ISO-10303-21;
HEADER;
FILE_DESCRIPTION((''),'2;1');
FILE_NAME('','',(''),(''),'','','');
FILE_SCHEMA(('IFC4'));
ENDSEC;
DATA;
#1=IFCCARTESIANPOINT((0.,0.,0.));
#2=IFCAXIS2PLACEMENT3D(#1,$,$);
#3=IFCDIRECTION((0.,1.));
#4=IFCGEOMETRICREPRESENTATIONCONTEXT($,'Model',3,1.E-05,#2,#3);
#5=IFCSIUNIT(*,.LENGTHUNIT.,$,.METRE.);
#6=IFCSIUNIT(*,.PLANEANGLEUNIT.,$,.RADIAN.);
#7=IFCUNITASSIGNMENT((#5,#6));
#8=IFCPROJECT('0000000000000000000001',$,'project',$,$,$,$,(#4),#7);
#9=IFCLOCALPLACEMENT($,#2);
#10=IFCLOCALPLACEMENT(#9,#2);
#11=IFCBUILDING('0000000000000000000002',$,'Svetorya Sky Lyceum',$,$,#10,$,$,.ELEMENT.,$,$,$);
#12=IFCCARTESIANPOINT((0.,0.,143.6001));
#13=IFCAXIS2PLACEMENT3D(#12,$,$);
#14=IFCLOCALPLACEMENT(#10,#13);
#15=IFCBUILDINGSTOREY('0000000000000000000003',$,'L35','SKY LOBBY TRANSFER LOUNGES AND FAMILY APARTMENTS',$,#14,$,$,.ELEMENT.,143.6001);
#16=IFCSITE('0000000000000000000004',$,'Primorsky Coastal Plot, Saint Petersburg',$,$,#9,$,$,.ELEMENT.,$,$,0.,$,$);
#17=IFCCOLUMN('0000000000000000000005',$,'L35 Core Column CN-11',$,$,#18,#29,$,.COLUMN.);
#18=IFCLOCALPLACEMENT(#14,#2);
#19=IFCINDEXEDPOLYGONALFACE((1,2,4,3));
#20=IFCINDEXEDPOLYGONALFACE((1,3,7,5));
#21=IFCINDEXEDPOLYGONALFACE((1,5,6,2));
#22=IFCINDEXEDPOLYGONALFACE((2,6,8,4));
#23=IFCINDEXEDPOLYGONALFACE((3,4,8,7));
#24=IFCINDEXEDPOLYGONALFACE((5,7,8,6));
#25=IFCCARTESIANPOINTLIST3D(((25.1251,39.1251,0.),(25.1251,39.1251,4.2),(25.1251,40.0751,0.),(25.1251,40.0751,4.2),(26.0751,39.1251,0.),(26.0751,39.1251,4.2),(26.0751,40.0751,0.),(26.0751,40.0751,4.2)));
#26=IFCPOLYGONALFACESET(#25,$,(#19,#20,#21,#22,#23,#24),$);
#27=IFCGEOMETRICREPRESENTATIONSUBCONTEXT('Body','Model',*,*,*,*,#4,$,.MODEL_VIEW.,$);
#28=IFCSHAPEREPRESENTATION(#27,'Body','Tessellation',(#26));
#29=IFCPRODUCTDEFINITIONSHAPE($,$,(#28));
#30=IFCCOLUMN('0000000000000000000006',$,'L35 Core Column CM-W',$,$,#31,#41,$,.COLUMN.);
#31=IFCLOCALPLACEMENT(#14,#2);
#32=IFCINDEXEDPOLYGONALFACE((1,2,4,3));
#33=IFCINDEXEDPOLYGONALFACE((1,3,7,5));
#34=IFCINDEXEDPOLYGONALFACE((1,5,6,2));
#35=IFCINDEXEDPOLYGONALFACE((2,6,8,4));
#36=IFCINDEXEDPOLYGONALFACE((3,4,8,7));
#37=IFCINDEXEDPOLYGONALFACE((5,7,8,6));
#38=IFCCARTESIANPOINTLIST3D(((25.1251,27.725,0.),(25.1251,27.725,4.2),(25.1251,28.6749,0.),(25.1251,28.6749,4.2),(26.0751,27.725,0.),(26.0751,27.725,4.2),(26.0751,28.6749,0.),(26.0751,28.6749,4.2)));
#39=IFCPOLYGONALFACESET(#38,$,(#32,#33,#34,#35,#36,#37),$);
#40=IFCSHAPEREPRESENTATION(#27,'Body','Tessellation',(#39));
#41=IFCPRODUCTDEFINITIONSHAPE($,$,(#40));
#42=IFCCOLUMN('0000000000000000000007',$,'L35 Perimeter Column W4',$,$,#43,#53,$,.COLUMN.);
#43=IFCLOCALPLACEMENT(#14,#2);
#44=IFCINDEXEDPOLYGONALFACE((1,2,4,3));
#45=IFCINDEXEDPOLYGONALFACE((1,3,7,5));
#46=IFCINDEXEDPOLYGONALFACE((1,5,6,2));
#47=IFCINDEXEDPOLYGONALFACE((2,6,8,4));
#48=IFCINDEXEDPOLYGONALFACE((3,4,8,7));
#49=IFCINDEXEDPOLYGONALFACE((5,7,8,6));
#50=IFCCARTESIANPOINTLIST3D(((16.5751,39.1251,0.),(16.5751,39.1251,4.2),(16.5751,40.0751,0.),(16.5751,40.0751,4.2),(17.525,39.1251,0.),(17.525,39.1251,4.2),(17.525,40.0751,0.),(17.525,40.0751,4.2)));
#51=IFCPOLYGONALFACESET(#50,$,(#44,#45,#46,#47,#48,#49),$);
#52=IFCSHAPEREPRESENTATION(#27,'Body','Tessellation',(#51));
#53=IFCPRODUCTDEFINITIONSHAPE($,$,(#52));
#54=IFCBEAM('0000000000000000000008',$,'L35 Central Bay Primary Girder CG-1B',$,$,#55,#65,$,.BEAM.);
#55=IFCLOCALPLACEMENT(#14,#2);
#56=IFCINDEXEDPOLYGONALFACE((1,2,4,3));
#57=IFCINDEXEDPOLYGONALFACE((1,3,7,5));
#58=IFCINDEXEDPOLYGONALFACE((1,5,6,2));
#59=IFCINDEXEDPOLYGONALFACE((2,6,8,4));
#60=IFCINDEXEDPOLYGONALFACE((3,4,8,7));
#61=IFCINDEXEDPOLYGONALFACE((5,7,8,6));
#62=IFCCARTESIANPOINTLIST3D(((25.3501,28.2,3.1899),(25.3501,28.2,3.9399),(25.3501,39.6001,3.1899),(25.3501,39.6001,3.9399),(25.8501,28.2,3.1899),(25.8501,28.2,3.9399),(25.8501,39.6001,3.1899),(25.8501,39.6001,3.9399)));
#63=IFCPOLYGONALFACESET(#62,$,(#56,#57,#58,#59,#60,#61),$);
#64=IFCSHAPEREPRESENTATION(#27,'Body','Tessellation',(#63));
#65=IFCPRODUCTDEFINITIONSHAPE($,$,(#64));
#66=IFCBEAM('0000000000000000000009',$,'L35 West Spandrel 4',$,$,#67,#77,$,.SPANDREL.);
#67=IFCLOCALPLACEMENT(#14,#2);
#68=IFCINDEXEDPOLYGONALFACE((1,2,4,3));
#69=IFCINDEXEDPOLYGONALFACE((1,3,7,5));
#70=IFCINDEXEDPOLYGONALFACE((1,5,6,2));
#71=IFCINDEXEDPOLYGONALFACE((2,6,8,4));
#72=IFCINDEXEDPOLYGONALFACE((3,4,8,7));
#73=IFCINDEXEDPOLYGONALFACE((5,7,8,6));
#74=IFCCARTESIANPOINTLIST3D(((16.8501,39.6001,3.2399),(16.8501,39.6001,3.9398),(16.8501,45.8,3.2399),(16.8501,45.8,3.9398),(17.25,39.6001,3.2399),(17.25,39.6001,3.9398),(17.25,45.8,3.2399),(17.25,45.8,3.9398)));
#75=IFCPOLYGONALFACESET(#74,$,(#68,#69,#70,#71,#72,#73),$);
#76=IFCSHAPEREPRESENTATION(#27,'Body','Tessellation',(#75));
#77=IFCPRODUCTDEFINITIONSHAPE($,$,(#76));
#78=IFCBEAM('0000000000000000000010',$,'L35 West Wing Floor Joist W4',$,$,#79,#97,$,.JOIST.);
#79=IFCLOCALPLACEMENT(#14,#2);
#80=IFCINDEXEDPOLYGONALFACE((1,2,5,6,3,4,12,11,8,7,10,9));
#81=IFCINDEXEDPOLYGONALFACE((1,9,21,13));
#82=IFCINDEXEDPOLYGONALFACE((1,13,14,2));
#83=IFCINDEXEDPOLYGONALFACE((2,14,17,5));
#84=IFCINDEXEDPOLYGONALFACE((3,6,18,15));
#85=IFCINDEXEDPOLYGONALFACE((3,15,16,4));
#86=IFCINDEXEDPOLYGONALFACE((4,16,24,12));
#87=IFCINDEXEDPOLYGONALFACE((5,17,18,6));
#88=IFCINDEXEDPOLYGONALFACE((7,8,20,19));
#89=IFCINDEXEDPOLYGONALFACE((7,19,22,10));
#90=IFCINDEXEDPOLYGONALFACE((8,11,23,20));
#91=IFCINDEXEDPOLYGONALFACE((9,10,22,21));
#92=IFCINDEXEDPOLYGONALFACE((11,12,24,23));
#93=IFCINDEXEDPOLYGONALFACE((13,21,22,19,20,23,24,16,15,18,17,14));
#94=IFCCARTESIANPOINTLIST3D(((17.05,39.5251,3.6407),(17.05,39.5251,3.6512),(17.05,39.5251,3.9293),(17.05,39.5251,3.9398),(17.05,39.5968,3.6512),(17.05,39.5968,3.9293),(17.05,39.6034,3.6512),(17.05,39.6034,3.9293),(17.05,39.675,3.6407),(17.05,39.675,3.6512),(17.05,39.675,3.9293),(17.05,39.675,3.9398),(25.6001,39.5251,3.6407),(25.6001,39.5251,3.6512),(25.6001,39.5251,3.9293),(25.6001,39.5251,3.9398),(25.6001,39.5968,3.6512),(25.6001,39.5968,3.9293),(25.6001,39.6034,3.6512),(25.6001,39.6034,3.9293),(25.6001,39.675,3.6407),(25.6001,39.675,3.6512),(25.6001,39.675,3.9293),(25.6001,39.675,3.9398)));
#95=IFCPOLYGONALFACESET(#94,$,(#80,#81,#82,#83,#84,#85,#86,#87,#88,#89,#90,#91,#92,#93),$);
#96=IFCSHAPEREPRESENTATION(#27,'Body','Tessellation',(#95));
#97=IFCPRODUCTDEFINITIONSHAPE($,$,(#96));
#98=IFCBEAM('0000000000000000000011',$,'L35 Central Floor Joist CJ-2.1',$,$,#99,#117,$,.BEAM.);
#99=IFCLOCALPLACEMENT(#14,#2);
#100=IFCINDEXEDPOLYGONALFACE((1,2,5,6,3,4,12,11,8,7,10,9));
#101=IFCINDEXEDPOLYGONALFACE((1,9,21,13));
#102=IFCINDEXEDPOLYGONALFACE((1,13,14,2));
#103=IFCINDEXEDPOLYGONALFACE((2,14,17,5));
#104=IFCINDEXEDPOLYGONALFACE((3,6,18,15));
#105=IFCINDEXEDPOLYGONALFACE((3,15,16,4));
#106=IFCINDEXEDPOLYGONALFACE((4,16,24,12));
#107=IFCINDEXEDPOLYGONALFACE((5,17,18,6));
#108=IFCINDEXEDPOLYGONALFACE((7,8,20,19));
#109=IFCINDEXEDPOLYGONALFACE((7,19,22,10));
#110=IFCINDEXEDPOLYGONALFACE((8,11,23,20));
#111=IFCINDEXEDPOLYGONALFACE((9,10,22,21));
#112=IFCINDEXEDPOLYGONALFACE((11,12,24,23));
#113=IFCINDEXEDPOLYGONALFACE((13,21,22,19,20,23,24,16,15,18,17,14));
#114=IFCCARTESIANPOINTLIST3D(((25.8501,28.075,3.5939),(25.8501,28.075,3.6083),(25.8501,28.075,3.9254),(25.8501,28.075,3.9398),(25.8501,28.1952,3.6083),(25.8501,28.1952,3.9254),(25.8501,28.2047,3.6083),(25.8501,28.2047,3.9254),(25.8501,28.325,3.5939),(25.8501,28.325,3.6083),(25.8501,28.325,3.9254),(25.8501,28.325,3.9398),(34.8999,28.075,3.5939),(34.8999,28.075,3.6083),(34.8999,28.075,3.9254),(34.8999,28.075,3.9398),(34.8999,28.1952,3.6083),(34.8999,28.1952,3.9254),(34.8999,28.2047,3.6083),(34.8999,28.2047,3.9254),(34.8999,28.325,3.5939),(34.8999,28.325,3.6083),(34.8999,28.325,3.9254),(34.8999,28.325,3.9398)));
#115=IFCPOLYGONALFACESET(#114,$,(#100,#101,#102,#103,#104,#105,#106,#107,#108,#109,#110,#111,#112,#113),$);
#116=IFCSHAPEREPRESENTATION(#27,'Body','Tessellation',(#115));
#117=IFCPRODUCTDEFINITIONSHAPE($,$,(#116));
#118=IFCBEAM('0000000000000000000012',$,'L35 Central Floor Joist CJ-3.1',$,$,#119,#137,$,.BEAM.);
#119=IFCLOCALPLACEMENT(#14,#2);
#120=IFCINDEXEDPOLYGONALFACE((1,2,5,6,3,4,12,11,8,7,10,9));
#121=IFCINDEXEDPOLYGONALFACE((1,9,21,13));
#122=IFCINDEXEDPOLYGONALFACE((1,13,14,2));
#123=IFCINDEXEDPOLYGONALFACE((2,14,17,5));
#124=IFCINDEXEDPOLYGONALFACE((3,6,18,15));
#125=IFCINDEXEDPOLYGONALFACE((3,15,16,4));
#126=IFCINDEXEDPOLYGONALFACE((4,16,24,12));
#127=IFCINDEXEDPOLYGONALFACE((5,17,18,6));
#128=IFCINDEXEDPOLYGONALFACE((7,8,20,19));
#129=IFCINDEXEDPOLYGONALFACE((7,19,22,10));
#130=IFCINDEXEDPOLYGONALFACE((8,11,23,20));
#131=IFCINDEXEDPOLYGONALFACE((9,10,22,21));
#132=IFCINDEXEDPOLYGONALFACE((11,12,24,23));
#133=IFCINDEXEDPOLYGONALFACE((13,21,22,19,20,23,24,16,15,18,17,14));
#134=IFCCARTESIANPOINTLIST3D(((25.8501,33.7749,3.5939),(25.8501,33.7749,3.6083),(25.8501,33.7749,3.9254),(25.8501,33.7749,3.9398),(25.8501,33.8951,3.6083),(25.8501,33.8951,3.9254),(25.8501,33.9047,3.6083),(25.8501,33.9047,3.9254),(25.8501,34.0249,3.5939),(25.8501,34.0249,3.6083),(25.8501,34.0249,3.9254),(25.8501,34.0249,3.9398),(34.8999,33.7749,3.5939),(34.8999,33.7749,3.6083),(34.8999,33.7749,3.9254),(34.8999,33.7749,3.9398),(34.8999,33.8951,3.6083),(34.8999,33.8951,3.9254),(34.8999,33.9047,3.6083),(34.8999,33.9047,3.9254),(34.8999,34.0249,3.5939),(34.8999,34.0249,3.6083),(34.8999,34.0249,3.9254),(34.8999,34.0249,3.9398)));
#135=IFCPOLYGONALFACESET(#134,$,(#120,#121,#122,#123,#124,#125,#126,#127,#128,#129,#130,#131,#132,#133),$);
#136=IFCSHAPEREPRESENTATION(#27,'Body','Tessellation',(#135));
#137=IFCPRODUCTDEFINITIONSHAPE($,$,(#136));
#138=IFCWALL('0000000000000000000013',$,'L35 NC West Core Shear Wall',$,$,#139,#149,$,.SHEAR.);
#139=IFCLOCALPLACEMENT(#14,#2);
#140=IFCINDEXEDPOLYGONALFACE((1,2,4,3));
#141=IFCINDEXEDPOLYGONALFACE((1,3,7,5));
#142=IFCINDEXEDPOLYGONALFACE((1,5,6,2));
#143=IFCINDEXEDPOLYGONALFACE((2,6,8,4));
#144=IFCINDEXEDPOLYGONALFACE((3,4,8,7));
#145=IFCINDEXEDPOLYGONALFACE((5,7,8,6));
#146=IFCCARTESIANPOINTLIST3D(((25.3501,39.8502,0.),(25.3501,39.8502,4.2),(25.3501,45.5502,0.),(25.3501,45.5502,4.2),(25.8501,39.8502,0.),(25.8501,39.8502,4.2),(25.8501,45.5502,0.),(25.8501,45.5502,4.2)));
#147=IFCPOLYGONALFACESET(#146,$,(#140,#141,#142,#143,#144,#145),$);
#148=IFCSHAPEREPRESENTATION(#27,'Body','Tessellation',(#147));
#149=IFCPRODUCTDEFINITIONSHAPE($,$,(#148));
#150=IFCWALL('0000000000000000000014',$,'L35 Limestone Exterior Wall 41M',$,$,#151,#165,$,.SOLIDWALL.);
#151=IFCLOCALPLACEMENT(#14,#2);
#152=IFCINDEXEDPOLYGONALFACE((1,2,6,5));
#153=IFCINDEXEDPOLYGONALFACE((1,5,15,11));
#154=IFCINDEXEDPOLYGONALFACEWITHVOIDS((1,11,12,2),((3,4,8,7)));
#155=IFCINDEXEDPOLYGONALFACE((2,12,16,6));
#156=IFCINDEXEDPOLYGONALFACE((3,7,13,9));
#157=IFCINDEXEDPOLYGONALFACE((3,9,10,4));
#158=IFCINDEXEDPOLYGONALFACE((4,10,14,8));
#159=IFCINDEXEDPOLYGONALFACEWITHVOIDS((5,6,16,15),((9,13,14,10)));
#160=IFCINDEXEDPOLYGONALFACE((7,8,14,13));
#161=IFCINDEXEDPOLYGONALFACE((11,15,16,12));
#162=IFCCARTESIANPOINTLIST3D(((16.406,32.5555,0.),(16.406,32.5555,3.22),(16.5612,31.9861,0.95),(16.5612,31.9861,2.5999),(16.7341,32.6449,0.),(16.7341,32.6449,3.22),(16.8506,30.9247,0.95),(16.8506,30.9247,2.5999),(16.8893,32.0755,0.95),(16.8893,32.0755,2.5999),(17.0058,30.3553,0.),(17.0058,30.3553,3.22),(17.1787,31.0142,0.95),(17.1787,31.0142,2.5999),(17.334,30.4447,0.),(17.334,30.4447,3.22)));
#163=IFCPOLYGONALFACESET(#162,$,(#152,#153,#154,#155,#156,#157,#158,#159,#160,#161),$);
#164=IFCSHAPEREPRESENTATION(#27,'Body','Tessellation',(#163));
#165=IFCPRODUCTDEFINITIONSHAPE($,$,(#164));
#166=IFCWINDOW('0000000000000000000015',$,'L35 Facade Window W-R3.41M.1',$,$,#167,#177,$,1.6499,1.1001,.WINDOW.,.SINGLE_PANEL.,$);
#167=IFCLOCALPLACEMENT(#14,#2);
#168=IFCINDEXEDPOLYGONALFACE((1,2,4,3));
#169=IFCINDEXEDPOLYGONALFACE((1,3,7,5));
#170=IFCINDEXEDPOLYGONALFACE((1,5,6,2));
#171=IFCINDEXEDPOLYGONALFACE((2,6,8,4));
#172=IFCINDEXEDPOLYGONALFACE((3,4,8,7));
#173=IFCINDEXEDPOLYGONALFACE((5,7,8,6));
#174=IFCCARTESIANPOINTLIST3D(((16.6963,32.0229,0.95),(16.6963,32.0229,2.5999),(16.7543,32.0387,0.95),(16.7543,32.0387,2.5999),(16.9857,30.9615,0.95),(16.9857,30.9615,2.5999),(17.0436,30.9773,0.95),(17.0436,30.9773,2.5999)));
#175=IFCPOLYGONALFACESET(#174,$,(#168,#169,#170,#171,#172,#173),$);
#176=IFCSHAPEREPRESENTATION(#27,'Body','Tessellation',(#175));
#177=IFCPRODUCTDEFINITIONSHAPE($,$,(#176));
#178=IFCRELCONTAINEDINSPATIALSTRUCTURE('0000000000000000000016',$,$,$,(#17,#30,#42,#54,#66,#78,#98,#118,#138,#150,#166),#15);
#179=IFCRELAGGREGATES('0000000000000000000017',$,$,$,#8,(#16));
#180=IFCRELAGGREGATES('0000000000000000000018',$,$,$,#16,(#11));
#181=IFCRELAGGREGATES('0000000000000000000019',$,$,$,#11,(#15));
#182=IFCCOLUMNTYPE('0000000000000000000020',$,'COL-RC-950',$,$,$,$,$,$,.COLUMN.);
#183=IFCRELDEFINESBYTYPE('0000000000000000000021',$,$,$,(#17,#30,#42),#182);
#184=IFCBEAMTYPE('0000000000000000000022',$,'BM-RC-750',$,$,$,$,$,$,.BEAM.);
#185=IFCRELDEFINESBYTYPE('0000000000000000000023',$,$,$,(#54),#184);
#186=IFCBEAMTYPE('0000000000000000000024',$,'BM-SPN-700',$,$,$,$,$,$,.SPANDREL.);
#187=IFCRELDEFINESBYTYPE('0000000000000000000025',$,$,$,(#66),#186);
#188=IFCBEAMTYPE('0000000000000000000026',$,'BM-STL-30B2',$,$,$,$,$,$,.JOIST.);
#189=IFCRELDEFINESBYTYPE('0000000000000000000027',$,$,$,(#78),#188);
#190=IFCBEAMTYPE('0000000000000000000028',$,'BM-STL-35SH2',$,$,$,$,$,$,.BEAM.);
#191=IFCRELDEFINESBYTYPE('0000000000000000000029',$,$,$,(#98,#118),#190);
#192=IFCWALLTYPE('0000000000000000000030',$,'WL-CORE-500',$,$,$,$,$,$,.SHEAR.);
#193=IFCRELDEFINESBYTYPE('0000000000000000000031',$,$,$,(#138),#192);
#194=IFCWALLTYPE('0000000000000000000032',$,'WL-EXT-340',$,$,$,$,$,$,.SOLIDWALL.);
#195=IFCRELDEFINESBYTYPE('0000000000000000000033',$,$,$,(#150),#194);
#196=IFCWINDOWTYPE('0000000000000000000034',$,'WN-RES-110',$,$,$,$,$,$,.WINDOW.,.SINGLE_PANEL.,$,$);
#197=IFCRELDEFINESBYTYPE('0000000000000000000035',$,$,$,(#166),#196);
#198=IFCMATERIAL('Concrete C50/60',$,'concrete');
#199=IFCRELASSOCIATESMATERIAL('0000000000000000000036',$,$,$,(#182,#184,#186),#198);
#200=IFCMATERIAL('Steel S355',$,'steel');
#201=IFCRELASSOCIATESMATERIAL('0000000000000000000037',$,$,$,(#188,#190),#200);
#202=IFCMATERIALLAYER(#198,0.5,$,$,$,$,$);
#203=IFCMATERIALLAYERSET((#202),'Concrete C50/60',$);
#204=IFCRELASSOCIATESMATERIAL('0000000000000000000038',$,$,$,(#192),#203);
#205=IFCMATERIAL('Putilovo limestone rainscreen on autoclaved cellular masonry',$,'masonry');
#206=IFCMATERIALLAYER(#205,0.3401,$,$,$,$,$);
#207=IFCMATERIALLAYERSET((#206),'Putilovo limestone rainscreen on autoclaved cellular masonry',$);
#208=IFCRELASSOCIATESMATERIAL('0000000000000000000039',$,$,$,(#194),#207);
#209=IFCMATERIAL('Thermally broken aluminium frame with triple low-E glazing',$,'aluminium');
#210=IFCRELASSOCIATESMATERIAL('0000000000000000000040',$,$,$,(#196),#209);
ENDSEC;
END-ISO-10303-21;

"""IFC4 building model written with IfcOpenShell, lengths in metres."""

from ifc_helpers import new_model, si_unit, direction, frame, frame_2d, origin, origin_2d, place, context, subcontext, project, spatial, rectangle, i_section, extrude, material, layer, layer_set, material_profile, profile_set, type_object, element, fill, save


model = new_model("IFC4")

# Units and contexts
model_context = context("Model", 3, precision=1e-05, world=origin(), true_north=direction((0.0, 1.0)))
body_context = subcontext(model_context, "Body", "Model", "MODEL_VIEW")
ifc_project = project(units=[si_unit("LENGTHUNIT", "METRE"), si_unit("PLANEANGLEUNIT", "RADIAN")], contexts=[model_context])

# Site, building, storey
site_placement = place(None, origin())
site = spatial("IfcSite", under=ifc_project, at=site_placement, Name="Primorsky Coastal Plot, Saint Petersburg", CompositionType="ELEMENT", RefElevation=0.0)
building_placement = place(site_placement, origin())
building = spatial("IfcBuilding", under=site, at=building_placement, Name="Svetorya Sky Lyceum", CompositionType="ELEMENT")
storey_placement = place(building_placement, frame((0.0, 0.0, 143.6001)))
storey = spatial("IfcBuildingStorey", under=building, at=storey_placement, Name="L35", Description="SKY LOBBY TRANSFER LOUNGES AND FAMILY APARTMENTS", CompositionType="ELEMENT", Elevation=143.6001)

# Columns
ifc_material_1 = material(Name="Concrete C50/60", Category="concrete")
ifc_material_profile_1 = material_profile(ifc_material_1, rectangle(XDim=0.95, YDim=0.95, at=origin_2d()), Name="RC COL 950x950")
ifc_profile_set_1 = profile_set([ifc_material_profile_1], Name="Concrete C50/60")
column_type = type_object("IfcColumnType", Name="COL-RC-950", PredefinedType="COLUMN", material=ifc_profile_set_1)
for number, where, z_axis, x_axis, name in (
    (1, (25.6001, 39.6001, 0.0), (0.0, 0.0, 1.0), (1.0, 0.0, 0.0), "L35 Core Column CN-11"),
    (2, (25.6001, 28.2, 0.0), (0.0, 0.0, 1.0), (1.0, 0.0, 0.0), "L35 Core Column CM-W"),
    (3, (17.05, 39.6001, 0.0), (0.0, 0.0, 1.0), (1.0, 0.0, 0.0), "L35 Perimeter Column W4"),
):
    element("IfcColumn", number, at=place(storey_placement, frame(where, z_axis=z_axis, x_axis=x_axis)), inside=storey, type_object=column_type, Name=name, PredefinedType="COLUMN", context=body_context, shape_type="SweptSolid", body=[
        extrude(rectangle(XDim=0.95, YDim=0.95, at=origin_2d()), origin(), (0.0, 0.0, 1.0), 4.2),
    ])

# Beams
ifc_material_profile_2 = material_profile(ifc_material_1, rectangle(XDim=0.5, YDim=0.75, at=origin_2d()), Name="RC BEAM 500x750")
ifc_profile_set_2 = profile_set([ifc_material_profile_2], Name="Concrete C50/60")
beam_type_1 = type_object("IfcBeamType", Name="BM-RC-750", PredefinedType="BEAM", material=ifc_profile_set_2)
beam_1_placement = place(storey_placement, frame((25.6001, 28.2, 3.5649), z_axis=(0.0, 1.0, 0.0), x_axis=(-1.0, 0.0, 0.0)))
element("IfcBeam", 4, at=beam_1_placement, inside=storey, type_object=beam_type_1, Name="L35 Central Bay Primary Girder CG-1B", PredefinedType="BEAM", context=body_context, shape_type="SweptSolid", body=[
    extrude(rectangle(XDim=0.5, YDim=0.75, at=origin_2d()), origin(), (0.0, 0.0, 1.0), 11.4001),
])
ifc_material_profile_3 = material_profile(ifc_material_1, rectangle(XDim=0.3999, YDim=0.7, at=origin_2d()), Name="RC SPANDREL 400x700")
ifc_profile_set_3 = profile_set([ifc_material_profile_3], Name="Concrete C50/60")
beam_type_2 = type_object("IfcBeamType", Name="BM-SPN-700", PredefinedType="SPANDREL", material=ifc_profile_set_3)
beam_2_placement = place(storey_placement, frame((17.05, 39.6001, 3.5898), z_axis=(0.0, 1.0, 0.0), x_axis=(-1.0, 0.0, 0.0)))
element("IfcBeam", 5, at=beam_2_placement, inside=storey, type_object=beam_type_2, Name="L35 West Spandrel 4", PredefinedType="SPANDREL", context=body_context, shape_type="SweptSolid", body=[
    extrude(rectangle(XDim=0.3999, YDim=0.7, at=origin_2d()), origin(), (0.0, 0.0, 1.0), 6.2),
])
ifc_material_2 = material(Name="Steel S355", Category="steel")
ifc_material_profile_4 = material_profile(ifc_material_2, i_section(OverallWidth=0.1499, OverallDepth=0.2991, WebThickness=0.0066, FlangeThickness=0.0105, at=origin_2d()), Name="GOST 30B2")
ifc_profile_set_4 = profile_set([ifc_material_profile_4], Name="Steel S355")
beam_type_3 = type_object("IfcBeamType", Name="BM-STL-30B2", PredefinedType="JOIST", material=ifc_profile_set_4)
beam_3_placement = place(storey_placement, frame((17.05, 39.6001, 3.7903), z_axis=(1.0, 0.0, 0.0), x_axis=(0.0, 1.0, 0.0)))
element("IfcBeam", 6, at=beam_3_placement, inside=storey, type_object=beam_type_3, Name="L35 West Wing Floor Joist W4", PredefinedType="JOIST", context=body_context, shape_type="SweptSolid", body=[
    extrude(i_section(OverallWidth=0.1499, OverallDepth=0.2991, WebThickness=0.0066, FlangeThickness=0.0105, at=origin_2d()), origin(), (0.0, 0.0, 1.0), 8.55),
])
ifc_material_profile_5 = material_profile(ifc_material_2, i_section(OverallWidth=0.25, OverallDepth=0.3459, WebThickness=0.0095, FlangeThickness=0.0144, at=origin_2d()), Name="GOST 35Sh2")
ifc_profile_set_5 = profile_set([ifc_material_profile_5], Name="Steel S355")
beam_type_4 = type_object("IfcBeamType", Name="BM-STL-35SH2", PredefinedType="BEAM", material=ifc_profile_set_5)
for number, where, z_axis, x_axis, name in (
    (7, (25.8501, 28.2, 3.7668), (1.0, 0.0, 0.0), (0.0, 1.0, 0.0), "L35 Central Floor Joist CJ-2.1"),
    (8, (25.8501, 33.8999, 3.7668), (1.0, 0.0, 0.0), (0.0, 1.0, 0.0), "L35 Central Floor Joist CJ-3.1"),
):
    element("IfcBeam", number, at=place(storey_placement, frame(where, z_axis=z_axis, x_axis=x_axis)), inside=storey, type_object=beam_type_4, Name=name, PredefinedType="BEAM", context=body_context, shape_type="SweptSolid", body=[
        extrude(i_section(OverallWidth=0.25, OverallDepth=0.3459, WebThickness=0.0095, FlangeThickness=0.0144, at=origin_2d()), origin(), (0.0, 0.0, 1.0), 9.0498),
    ])

# Wall
ifc_layer_1 = layer(ifc_material_1, 0.5)
ifc_layer_set_1 = layer_set([ifc_layer_1], Name="Concrete C50/60")
wall_type_1 = type_object("IfcWallType", Name="WL-CORE-500", PredefinedType="SHEAR", material=ifc_layer_set_1)
wall_1_placement = place(storey_placement, frame((25.6001, 39.8501, 0.0), z_axis=(0.0, 0.0, 1.0), x_axis=(0.0, 1.0, 0.0)))
element("IfcWall", 9, at=wall_1_placement, inside=storey, type_object=wall_type_1, Name="L35 NC West Core Shear Wall", PredefinedType="SHEAR", context=body_context, shape_type="SweptSolid", body=[
    extrude(rectangle(XDim=5.7, YDim=0.5, at=frame_2d((2.8501, 0.0))), origin(), (0.0, 0.0, 1.0), 4.2),
])

# Wall, opening, window
ifc_material_3 = material(Name="Putilovo limestone rainscreen on autoclaved cellular masonry", Category="masonry")
ifc_layer_2 = layer(ifc_material_3, 0.3401)
ifc_layer_set_2 = layer_set([ifc_layer_2], Name="Putilovo limestone rainscreen on autoclaved cellular masonry")
wall_type_2 = type_object("IfcWallType", Name="WL-EXT-340", PredefinedType="SOLIDWALL", material=ifc_layer_set_2)
wall_2_placement = place(storey_placement, frame((16.5701, 32.6001, 0.0), z_axis=(0.0, 0.0, 1.0), x_axis=(0.263036, -0.964786, 0.0)))
wall_2 = element("IfcWall", 10, at=wall_2_placement, inside=storey, type_object=wall_type_2, Name="L35 Limestone Exterior Wall 41M", PredefinedType="SOLIDWALL", context=body_context, shape_type="SweptSolid", body=[
    extrude(rectangle(XDim=2.2805, YDim=0.3401, at=frame_2d((1.1401, 0.0))), origin(), (0.0, 0.0, 1.0), 3.22),
])
opening_1_placement = place(wall_2_placement, frame((0.5901, 0.0, 0.95)))
opening_1 = element("IfcOpeningElement", 11, at=opening_1_placement, cuts=wall_2, PredefinedType="OPENING", context=body_context, shape_type="SweptSolid", body=[
    extrude(rectangle(XDim=1.1001, YDim=1.6499, at=frame_2d((0.55, 0.825))), frame((0.0, 0.1799, 0.0), z_axis=(0.0, -1.0, 0.0), x_axis=(1.0, 0.0, 0.0)), (0.0, 0.0, 1.0), 0.3601),
])
ifc_material_4 = material(Name="Thermally broken aluminium frame with triple low-E glazing", Category="aluminium")
window_type = type_object("IfcWindowType", Name="WN-RES-110", PartitioningType="SINGLE_PANEL", PredefinedType="WINDOW", material=ifc_material_4)
window_placement = place(opening_1_placement, origin())
window = element("IfcWindow", 12, at=window_placement, inside=storey, type_object=window_type, Name="L35 Facade Window W-R3.41M.1", OverallHeight=1.6499, OverallWidth=1.1001, PartitioningType="SINGLE_PANEL", PredefinedType="WINDOW", context=body_context, shape_type="SweptSolid", body=[
    extrude(rectangle(XDim=1.1001, YDim=1.6499, at=frame_2d((0.55, 0.825))), frame((0.0, 0.03, 0.0), z_axis=(0.0, -1.0, 0.0), x_axis=(1.0, 0.0, 0.0)), (0.0, 0.0, 1.0), 0.0601),
])
fill(opening_1, window)

save(model, "model.ifc")
